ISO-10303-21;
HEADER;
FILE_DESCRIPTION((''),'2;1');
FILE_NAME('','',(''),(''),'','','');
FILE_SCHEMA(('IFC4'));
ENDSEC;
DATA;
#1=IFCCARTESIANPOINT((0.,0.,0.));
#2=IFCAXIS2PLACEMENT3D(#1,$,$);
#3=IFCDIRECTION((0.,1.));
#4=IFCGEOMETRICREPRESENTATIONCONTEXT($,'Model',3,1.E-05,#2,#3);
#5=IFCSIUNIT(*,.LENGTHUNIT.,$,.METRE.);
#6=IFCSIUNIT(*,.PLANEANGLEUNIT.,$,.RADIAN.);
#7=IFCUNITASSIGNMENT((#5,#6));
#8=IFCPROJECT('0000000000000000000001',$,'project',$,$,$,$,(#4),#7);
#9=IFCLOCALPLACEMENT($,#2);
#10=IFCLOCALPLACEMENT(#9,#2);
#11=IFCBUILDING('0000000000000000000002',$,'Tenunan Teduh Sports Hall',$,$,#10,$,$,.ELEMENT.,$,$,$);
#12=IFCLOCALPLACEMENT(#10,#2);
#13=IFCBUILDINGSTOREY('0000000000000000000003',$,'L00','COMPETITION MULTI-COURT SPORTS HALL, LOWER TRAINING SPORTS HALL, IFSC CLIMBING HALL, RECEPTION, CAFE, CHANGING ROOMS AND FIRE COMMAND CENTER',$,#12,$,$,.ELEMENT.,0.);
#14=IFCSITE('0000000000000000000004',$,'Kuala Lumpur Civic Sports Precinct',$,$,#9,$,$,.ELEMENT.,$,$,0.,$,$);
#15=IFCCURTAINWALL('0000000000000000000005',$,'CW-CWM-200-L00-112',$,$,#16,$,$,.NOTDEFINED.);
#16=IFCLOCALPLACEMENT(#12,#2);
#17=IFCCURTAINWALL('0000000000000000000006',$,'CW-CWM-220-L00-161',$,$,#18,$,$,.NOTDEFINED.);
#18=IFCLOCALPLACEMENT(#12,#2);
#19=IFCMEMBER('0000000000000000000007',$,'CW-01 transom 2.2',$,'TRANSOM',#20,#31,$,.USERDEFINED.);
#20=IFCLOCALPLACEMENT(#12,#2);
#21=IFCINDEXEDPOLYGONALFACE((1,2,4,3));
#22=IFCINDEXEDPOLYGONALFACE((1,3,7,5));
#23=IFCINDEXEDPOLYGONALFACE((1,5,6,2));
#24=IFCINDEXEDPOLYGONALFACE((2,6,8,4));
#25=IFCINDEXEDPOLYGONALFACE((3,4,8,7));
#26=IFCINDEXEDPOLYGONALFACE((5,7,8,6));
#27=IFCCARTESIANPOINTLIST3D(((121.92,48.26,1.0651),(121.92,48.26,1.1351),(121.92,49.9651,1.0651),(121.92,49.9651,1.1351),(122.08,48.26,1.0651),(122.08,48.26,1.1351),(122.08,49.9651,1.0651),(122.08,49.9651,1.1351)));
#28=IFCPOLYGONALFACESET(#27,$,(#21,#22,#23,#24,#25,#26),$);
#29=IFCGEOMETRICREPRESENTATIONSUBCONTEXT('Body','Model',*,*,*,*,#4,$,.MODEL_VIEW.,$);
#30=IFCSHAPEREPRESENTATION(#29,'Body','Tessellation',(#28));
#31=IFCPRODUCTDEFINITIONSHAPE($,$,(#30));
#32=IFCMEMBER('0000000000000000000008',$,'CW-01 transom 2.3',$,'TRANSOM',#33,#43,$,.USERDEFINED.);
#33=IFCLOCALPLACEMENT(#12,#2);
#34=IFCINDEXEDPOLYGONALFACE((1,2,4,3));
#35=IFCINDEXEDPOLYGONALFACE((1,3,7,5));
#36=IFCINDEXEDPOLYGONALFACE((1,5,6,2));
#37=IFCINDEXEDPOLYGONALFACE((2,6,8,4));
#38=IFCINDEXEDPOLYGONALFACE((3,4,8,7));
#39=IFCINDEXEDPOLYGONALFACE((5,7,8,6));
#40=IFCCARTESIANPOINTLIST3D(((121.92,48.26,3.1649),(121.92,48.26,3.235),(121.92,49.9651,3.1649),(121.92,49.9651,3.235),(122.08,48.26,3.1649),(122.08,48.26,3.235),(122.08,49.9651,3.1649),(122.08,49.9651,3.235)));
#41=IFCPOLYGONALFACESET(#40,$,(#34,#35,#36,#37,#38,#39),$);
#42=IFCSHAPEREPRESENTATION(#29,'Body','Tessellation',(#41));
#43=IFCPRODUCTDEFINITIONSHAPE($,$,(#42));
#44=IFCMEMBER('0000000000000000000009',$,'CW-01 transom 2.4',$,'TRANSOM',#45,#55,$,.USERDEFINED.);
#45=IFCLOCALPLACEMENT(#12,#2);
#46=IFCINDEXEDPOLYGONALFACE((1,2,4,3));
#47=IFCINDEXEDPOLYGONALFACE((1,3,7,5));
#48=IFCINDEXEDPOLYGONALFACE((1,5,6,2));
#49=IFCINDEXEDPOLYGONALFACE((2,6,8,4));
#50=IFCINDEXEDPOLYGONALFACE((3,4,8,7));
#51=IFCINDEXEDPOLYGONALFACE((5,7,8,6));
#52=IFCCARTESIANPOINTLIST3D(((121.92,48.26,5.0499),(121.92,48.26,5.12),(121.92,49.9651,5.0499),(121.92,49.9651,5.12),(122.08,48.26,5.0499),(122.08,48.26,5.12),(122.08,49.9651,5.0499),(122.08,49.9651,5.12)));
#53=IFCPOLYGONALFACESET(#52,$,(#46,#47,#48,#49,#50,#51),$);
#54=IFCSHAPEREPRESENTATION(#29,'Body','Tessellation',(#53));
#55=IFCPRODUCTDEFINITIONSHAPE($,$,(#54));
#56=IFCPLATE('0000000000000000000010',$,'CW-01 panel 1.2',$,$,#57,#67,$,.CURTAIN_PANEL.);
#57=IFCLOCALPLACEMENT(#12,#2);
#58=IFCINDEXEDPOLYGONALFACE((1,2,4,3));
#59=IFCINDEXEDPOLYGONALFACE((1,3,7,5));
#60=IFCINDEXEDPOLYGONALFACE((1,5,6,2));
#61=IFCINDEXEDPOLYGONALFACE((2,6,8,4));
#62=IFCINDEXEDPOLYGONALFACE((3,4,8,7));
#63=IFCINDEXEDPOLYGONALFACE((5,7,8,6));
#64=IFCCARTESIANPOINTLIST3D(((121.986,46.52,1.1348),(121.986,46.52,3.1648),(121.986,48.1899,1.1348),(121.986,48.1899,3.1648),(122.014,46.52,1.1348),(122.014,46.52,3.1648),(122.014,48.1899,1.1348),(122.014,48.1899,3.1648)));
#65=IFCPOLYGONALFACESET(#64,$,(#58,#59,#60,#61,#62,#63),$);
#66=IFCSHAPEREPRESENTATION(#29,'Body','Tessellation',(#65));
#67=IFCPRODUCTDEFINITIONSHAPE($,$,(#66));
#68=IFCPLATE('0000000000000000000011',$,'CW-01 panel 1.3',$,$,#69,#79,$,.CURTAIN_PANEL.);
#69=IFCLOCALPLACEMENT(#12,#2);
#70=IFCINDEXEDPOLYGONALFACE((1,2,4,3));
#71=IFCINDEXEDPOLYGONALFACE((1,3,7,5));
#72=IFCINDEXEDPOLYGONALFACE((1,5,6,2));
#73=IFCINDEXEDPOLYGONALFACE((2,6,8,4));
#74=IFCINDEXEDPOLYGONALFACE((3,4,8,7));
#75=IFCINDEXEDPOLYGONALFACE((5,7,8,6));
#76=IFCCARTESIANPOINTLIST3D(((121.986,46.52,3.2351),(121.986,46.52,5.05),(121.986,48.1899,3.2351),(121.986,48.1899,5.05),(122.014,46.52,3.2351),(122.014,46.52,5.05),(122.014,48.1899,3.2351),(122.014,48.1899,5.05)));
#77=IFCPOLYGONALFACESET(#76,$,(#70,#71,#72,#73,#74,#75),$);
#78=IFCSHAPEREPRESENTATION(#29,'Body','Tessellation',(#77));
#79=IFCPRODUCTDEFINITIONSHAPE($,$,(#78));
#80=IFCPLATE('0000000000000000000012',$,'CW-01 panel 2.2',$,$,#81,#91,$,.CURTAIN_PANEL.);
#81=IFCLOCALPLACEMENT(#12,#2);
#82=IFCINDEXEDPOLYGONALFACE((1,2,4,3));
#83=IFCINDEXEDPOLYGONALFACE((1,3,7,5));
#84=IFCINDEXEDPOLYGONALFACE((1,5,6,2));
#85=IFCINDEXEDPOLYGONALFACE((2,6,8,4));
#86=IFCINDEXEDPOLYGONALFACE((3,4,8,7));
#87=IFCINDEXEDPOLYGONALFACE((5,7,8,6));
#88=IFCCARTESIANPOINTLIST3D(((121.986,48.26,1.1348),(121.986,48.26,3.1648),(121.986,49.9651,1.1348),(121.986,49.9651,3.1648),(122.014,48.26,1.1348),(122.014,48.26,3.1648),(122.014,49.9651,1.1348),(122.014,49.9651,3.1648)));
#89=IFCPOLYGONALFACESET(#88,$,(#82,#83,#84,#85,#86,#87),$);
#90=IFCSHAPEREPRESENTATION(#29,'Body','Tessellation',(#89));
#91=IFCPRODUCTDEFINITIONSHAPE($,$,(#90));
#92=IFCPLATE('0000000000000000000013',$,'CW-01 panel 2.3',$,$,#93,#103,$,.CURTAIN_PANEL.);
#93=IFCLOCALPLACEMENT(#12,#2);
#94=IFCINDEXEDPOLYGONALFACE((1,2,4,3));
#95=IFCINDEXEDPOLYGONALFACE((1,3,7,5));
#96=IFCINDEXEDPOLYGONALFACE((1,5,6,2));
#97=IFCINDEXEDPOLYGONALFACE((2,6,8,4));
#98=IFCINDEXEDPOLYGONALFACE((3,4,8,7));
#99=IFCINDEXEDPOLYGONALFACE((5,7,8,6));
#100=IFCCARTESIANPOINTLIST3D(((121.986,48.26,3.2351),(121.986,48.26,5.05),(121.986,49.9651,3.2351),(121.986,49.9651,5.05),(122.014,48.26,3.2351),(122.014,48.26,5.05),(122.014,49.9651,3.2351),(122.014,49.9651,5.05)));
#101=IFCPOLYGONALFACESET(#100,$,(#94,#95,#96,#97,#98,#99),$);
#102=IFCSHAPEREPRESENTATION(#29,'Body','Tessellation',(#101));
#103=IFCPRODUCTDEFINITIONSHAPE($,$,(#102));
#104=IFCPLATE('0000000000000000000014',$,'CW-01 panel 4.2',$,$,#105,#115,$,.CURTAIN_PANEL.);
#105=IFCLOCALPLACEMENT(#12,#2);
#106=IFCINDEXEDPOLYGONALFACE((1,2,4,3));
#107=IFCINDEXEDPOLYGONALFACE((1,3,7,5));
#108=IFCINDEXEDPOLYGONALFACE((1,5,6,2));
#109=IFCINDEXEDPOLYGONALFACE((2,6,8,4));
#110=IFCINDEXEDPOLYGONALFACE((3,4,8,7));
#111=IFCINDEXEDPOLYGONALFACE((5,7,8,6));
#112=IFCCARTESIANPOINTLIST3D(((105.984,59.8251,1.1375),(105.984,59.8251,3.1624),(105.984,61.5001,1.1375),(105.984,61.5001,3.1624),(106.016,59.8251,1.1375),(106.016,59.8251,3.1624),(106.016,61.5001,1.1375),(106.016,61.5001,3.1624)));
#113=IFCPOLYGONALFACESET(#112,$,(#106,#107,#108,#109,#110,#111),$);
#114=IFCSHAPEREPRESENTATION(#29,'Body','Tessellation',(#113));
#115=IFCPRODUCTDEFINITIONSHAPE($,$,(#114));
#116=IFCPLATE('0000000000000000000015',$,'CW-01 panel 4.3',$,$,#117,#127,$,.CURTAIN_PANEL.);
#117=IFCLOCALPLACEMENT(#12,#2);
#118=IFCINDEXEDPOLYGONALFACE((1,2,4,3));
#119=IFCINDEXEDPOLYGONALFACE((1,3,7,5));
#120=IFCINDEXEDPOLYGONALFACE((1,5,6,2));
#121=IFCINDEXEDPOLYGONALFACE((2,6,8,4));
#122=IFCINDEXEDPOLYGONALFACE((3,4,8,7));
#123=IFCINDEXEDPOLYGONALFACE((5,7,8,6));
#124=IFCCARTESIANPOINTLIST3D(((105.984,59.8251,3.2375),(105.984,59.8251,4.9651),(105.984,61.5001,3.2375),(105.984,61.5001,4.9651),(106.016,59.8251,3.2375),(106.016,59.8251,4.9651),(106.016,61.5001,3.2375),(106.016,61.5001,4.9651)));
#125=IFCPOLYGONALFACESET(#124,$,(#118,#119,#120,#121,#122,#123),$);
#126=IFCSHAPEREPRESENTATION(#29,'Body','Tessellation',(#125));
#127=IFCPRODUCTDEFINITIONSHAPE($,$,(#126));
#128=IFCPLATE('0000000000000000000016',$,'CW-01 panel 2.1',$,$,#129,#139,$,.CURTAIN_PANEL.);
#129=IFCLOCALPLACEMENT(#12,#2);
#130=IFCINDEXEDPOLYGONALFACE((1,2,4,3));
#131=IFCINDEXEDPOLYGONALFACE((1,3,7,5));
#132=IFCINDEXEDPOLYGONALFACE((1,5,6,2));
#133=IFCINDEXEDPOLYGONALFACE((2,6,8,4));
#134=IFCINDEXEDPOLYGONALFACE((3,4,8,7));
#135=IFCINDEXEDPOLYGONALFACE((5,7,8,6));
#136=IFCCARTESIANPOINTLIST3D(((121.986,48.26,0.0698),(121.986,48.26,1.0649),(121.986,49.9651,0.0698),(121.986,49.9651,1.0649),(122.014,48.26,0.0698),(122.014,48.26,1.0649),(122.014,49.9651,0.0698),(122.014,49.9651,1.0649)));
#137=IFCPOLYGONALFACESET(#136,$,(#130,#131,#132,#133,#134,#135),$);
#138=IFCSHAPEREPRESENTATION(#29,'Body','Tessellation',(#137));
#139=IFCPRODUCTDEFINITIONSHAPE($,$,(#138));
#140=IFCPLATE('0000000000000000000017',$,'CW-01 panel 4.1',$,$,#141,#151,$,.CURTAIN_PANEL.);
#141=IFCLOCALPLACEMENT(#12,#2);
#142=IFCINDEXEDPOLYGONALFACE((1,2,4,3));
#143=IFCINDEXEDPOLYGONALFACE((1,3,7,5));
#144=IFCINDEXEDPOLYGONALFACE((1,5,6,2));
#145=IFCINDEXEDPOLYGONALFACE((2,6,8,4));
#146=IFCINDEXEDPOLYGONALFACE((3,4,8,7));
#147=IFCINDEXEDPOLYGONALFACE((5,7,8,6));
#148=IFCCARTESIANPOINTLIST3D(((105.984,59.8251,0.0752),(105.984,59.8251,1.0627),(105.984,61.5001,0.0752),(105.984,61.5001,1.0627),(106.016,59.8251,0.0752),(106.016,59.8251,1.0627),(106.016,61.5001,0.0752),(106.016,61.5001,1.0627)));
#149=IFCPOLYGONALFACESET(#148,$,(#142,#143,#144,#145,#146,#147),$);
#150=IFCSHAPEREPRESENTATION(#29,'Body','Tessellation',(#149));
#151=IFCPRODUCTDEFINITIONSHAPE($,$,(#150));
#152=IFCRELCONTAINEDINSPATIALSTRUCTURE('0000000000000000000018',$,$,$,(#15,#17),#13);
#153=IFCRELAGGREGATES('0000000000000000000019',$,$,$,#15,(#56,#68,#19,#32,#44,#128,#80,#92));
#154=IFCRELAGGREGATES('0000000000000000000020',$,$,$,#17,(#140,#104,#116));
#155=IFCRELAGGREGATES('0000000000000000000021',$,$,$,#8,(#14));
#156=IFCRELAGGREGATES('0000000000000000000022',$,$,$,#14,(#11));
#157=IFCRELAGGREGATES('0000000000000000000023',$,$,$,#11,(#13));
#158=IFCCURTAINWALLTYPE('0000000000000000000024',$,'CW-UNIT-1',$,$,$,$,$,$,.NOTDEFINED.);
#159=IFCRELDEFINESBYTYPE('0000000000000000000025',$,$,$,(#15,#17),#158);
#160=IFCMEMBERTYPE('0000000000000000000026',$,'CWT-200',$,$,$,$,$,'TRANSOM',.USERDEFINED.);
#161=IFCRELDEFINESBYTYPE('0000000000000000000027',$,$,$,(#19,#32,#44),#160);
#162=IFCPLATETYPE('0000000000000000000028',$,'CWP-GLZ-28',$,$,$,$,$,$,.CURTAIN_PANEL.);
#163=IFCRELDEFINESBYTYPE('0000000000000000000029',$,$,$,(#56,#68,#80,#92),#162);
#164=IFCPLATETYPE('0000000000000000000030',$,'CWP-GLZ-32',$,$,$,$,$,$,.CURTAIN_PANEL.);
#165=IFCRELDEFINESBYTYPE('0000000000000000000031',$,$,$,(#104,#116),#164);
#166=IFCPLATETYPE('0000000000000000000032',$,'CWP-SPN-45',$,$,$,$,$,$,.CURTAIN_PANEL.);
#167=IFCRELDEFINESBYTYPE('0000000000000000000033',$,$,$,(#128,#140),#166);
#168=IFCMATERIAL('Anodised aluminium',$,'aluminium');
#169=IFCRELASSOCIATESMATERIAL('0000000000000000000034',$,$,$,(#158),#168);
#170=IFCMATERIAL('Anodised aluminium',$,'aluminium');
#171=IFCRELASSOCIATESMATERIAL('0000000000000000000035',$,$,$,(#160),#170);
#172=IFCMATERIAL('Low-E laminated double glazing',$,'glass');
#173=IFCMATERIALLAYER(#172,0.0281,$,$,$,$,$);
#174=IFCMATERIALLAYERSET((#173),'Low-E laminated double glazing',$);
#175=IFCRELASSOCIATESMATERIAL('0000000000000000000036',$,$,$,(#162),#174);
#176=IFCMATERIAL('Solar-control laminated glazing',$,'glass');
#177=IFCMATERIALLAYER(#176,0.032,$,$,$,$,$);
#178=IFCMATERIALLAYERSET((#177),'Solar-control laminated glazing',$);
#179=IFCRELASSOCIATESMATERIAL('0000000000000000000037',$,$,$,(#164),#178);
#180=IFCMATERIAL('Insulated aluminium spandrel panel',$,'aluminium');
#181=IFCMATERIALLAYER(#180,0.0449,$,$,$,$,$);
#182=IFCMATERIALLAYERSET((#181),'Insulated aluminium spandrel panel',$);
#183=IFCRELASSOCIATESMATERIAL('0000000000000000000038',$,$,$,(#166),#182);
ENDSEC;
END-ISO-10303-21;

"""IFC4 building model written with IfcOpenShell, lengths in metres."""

from ifc_helpers import new_model, si_unit, direction, frame, origin, origin_2d, place, context, subcontext, project, spatial, rectangle, extrude, material, layer, layer_set, material_profile, profile_set, type_object, element, aggregate, save


model = new_model("IFC4")

# Units and contexts
model_context = context("Model", 3, precision=1e-05, world=origin(), true_north=direction((0.0, 1.0)))
body_context = subcontext(model_context, "Body", "Model", "MODEL_VIEW")
ifc_project = project(units=[si_unit("LENGTHUNIT", "METRE"), si_unit("PLANEANGLEUNIT", "RADIAN")], contexts=[model_context])

# Site, building, storey
site_placement = place(None, origin())
site = spatial("IfcSite", under=ifc_project, at=site_placement, Name="Kuala Lumpur Civic Sports Precinct", CompositionType="ELEMENT", RefElevation=0.0)
building_placement = place(site_placement, origin())
building = spatial("IfcBuilding", under=site, at=building_placement, Name="Tenunan Teduh Sports Hall", CompositionType="ELEMENT")
storey_placement = place(building_placement, origin())
storey = spatial("IfcBuildingStorey", under=building, at=storey_placement, Name="L00", Description="COMPETITION MULTI-COURT SPORTS HALL, LOWER TRAINING SPORTS HALL, IFSC CLIMBING HALL, RECEPTION, CAFE, CHANGING ROOMS AND FIRE COMMAND CENTER", CompositionType="ELEMENT", Elevation=0.0)

# Curtain walls
ifc_material_1 = material(Name="Anodised aluminium", Category="aluminium")
curtain_wall_type = type_object("IfcCurtainWallType", Name="CW-UNIT-1", PredefinedType="NOTDEFINED", material=ifc_material_1)
curtain_wall_1_placement = place(storey_placement, origin())
curtain_wall_1 = element("IfcCurtainWall", 1, at=curtain_wall_1_placement, inside=storey, type_object=curtain_wall_type, Name="CW-CWM-200-L00-112", PredefinedType="NOTDEFINED")
curtain_wall_2_placement = place(storey_placement, origin())
curtain_wall_2 = element("IfcCurtainWall", 2, at=curtain_wall_2_placement, inside=storey, type_object=curtain_wall_type, Name="CW-CWM-220-L00-161", PredefinedType="NOTDEFINED")

# Members
ifc_material_2 = material(Name="Anodised aluminium", Category="aluminium")
ifc_material_profile_1 = material_profile(ifc_material_2, rectangle(XDim=0.0701, YDim=0.1599, at=origin_2d()), Name="CWT 70x160")
ifc_profile_set_1 = profile_set([ifc_material_profile_1], Name="Anodised aluminium")
member_type_1 = type_object("IfcMemberType", Name="CWT-200", ElementType="TRANSOM", PredefinedType="USERDEFINED", material=ifc_profile_set_1)
member_1_placement = place(storey_placement, frame((122.0, 48.26, 1.1001), z_axis=(0.0, 1.0, 0.0), x_axis=(0.0, 0.0, 1.0)))
member_1 = element("IfcMember", 3, at=member_1_placement, type_object=member_type_1, Name="CW-01 transom 2.2", ObjectType="TRANSOM", PredefinedType="USERDEFINED", context=body_context, shape_type="SweptSolid", body=[
    extrude(rectangle(XDim=0.0701, YDim=0.1599, at=origin_2d()), origin(), (0.0, 0.0, 1.0), 1.7051),
])
member_2_placement = place(storey_placement, frame((122.0, 48.26, 3.2), z_axis=(0.0, 1.0, 0.0), x_axis=(0.0, 0.0, 1.0)))
member_2 = element("IfcMember", 4, at=member_2_placement, type_object=member_type_1, Name="CW-01 transom 2.3", ObjectType="TRANSOM", PredefinedType="USERDEFINED", context=body_context, shape_type="SweptSolid", body=[
    extrude(rectangle(XDim=0.0701, YDim=0.1599, at=origin_2d()), origin(), (0.0, 0.0, 1.0), 1.7051),
])
member_3_placement = place(storey_placement, frame((122.0, 48.26, 5.085), z_axis=(0.0, 1.0, 0.0), x_axis=(0.0, 0.0, 1.0)))
member_3 = element("IfcMember", 5, at=member_3_placement, type_object=member_type_1, Name="CW-01 transom 2.4", ObjectType="TRANSOM", PredefinedType="USERDEFINED", context=body_context, shape_type="SweptSolid", body=[
    extrude(rectangle(XDim=0.0701, YDim=0.1599, at=origin_2d()), origin(), (0.0, 0.0, 1.0), 1.7051),
])

# Plates
ifc_material_3 = material(Name="Low-E laminated double glazing", Category="glass")
ifc_layer_1 = layer(ifc_material_3, 0.0281)
ifc_layer_set_1 = layer_set([ifc_layer_1], Name="Low-E laminated double glazing")
plate_type_1 = type_object("IfcPlateType", Name="CWP-GLZ-28", PredefinedType="CURTAIN_PANEL", material=ifc_layer_set_1)
plate_1_placement = place(storey_placement, frame((122.0, 47.355, 1.1348), z_axis=(0.0, 0.0, 1.0), x_axis=(0.0, 1.0, 0.0)))
plate_1 = element("IfcPlate", 6, at=plate_1_placement, type_object=plate_type_1, Name="CW-01 panel 1.2", PredefinedType="CURTAIN_PANEL", context=body_context, shape_type="SweptSolid", body=[
    extrude(rectangle(XDim=1.6699, YDim=0.0281, at=origin_2d()), origin(), (0.0, 0.0, 1.0), 2.03),
])
plate_2_placement = place(storey_placement, frame((122.0, 47.355, 3.2351), z_axis=(0.0, 0.0, 1.0), x_axis=(0.0, 1.0, 0.0)))
plate_2 = element("IfcPlate", 7, at=plate_2_placement, type_object=plate_type_1, Name="CW-01 panel 1.3", PredefinedType="CURTAIN_PANEL", context=body_context, shape_type="SweptSolid", body=[
    extrude(rectangle(XDim=1.6699, YDim=0.0281, at=origin_2d()), origin(), (0.0, 0.0, 1.0), 1.8149),
])
plate_3_placement = place(storey_placement, frame((122.0, 49.1125, 1.1348), z_axis=(0.0, 0.0, 1.0), x_axis=(0.0, 1.0, 0.0)))
plate_3 = element("IfcPlate", 8, at=plate_3_placement, type_object=plate_type_1, Name="CW-01 panel 2.2", PredefinedType="CURTAIN_PANEL", context=body_context, shape_type="SweptSolid", body=[
    extrude(rectangle(XDim=1.7051, YDim=0.0281, at=origin_2d()), origin(), (0.0, 0.0, 1.0), 2.03),
])
plate_4_placement = place(storey_placement, frame((122.0, 49.1125, 3.2351), z_axis=(0.0, 0.0, 1.0), x_axis=(0.0, 1.0, 0.0)))
plate_4 = element("IfcPlate", 9, at=plate_4_placement, type_object=plate_type_1, Name="CW-01 panel 2.3", PredefinedType="CURTAIN_PANEL", context=body_context, shape_type="SweptSolid", body=[
    extrude(rectangle(XDim=1.7051, YDim=0.0281, at=origin_2d()), origin(), (0.0, 0.0, 1.0), 1.8149),
])
ifc_material_4 = material(Name="Solar-control laminated glazing", Category="glass")
ifc_layer_2 = layer(ifc_material_4, 0.032)
ifc_layer_set_2 = layer_set([ifc_layer_2], Name="Solar-control laminated glazing")
plate_type_2 = type_object("IfcPlateType", Name="CWP-GLZ-32", PredefinedType="CURTAIN_PANEL", material=ifc_layer_set_2)
plate_5_placement = place(storey_placement, frame((106.0, 60.6626, 1.1375), z_axis=(0.0, 0.0, 1.0), x_axis=(0.0, 1.0, 0.0)))
plate_5 = element("IfcPlate", 10, at=plate_5_placement, type_object=plate_type_2, Name="CW-01 panel 4.2", PredefinedType="CURTAIN_PANEL", context=body_context, shape_type="SweptSolid", body=[
    extrude(rectangle(XDim=1.675, YDim=0.032, at=origin_2d()), origin(), (0.0, 0.0, 1.0), 2.0249),
])
plate_6_placement = place(storey_placement, frame((106.0, 60.6626, 3.2375), z_axis=(0.0, 0.0, 1.0), x_axis=(0.0, 1.0, 0.0)))
plate_6 = element("IfcPlate", 11, at=plate_6_placement, type_object=plate_type_2, Name="CW-01 panel 4.3", PredefinedType="CURTAIN_PANEL", context=body_context, shape_type="SweptSolid", body=[
    extrude(rectangle(XDim=1.675, YDim=0.032, at=origin_2d()), origin(), (0.0, 0.0, 1.0), 1.7275),
])
ifc_material_5 = material(Name="Insulated aluminium spandrel panel", Category="aluminium")
ifc_layer_3 = layer(ifc_material_5, 0.0449)
ifc_layer_set_3 = layer_set([ifc_layer_3], Name="Insulated aluminium spandrel panel")
plate_type_3 = type_object("IfcPlateType", Name="CWP-SPN-45", PredefinedType="CURTAIN_PANEL", material=ifc_layer_set_3)
plate_7_placement = place(storey_placement, frame((122.0, 49.1125, 0.0698), z_axis=(0.0, 0.0, 1.0), x_axis=(0.0, 1.0, 0.0)))
plate_7 = element("IfcPlate", 12, at=plate_7_placement, type_object=plate_type_3, Name="CW-01 panel 2.1", PredefinedType="CURTAIN_PANEL", context=body_context, shape_type="SweptSolid", body=[
    extrude(rectangle(XDim=1.7051, YDim=0.0281, at=origin_2d()), origin(), (0.0, 0.0, 1.0), 0.9951),
])
aggregate(curtain_wall_1, [plate_1, plate_2, member_1, member_2, member_3, plate_7, plate_3, plate_4])
plate_8_placement = place(storey_placement, frame((106.0, 60.6626, 0.0752), z_axis=(0.0, 0.0, 1.0), x_axis=(0.0, 1.0, 0.0)))
plate_8 = element("IfcPlate", 13, at=plate_8_placement, type_object=plate_type_3, Name="CW-01 panel 4.1", PredefinedType="CURTAIN_PANEL", context=body_context, shape_type="SweptSolid", body=[
    extrude(rectangle(XDim=1.675, YDim=0.032, at=origin_2d()), origin(), (0.0, 0.0, 1.0), 0.9875),
])
aggregate(curtain_wall_2, [plate_8, plate_5, plate_6])

save(model, "model.ifc")
